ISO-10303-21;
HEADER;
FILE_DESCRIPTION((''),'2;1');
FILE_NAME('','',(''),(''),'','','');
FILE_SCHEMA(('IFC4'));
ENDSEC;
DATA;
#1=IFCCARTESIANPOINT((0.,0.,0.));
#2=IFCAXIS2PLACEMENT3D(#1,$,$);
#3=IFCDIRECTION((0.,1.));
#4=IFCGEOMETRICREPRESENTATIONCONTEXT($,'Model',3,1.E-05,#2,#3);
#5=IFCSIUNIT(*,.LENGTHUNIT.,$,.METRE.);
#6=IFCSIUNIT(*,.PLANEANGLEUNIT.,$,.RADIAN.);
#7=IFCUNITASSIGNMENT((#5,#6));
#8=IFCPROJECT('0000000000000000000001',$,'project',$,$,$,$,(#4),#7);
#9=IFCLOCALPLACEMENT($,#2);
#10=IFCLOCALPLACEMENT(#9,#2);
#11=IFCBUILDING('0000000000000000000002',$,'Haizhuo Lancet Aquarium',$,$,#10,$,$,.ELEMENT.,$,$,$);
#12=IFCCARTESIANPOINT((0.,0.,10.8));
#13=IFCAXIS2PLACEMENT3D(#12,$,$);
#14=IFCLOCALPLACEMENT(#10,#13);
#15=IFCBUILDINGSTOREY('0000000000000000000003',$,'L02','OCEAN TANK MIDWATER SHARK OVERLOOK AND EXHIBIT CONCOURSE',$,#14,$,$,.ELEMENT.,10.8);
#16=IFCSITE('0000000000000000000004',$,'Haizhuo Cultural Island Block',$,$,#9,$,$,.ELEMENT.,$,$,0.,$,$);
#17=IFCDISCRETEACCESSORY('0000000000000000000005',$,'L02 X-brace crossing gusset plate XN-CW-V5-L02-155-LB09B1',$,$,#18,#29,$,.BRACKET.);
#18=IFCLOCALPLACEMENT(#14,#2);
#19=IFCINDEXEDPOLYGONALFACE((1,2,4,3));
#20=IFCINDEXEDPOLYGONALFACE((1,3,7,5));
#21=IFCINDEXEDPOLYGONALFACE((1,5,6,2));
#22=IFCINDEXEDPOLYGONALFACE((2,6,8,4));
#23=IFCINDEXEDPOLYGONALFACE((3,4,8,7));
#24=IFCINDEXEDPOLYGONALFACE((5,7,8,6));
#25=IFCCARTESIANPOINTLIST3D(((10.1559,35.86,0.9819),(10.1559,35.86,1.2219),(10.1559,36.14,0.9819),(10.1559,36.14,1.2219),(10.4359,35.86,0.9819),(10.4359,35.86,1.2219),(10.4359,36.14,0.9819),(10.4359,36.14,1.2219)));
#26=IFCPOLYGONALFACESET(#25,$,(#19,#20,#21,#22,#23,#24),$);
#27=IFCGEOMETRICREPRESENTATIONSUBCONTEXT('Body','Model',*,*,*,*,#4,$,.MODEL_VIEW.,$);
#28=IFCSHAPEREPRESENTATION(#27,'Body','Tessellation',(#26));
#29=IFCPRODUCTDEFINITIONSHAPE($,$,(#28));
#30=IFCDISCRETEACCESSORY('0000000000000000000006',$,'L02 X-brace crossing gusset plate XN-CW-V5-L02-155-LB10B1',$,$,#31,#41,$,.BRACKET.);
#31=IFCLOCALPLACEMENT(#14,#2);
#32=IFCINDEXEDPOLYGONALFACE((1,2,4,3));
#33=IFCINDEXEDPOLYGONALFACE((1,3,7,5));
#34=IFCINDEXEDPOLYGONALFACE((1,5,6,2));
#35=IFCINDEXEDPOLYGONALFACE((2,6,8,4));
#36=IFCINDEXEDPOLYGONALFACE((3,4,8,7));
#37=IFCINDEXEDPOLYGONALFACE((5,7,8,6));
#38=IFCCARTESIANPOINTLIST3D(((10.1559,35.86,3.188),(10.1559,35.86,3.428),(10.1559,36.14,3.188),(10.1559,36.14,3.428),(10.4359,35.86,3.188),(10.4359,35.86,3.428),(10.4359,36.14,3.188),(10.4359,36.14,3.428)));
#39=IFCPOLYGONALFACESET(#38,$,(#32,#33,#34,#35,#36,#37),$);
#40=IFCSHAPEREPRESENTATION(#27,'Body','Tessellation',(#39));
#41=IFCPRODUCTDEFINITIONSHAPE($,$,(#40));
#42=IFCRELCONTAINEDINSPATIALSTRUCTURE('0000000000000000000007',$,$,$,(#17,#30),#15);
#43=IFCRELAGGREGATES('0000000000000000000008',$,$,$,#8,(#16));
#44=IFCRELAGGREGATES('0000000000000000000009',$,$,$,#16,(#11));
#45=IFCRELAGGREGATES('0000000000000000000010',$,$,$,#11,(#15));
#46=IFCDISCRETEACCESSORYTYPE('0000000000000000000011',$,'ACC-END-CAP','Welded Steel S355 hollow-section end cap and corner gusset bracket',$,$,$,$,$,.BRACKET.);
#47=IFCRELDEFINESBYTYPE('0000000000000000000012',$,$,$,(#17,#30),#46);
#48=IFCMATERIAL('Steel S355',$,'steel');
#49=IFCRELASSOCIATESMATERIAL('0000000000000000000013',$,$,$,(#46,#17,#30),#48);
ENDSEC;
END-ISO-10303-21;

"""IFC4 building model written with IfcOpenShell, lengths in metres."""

from ifc_helpers import new_model, si_unit, direction, frame, origin, origin_2d, place, context, subcontext, project, spatial, rectangle, extrude, material, type_object, element, save


model = new_model("IFC4")

# Units and contexts
model_context = context("Model", 3, precision=1e-05, world=origin(), true_north=direction((0.0, 1.0)))
body_context = subcontext(model_context, "Body", "Model", "MODEL_VIEW")
ifc_project = project(units=[si_unit("LENGTHUNIT", "METRE"), si_unit("PLANEANGLEUNIT", "RADIAN")], contexts=[model_context])

# Site, building, storey
site_placement = place(None, origin())
site = spatial("IfcSite", under=ifc_project, at=site_placement, Name="Haizhuo Cultural Island Block", CompositionType="ELEMENT", RefElevation=0.0)
building_placement = place(site_placement, origin())
building = spatial("IfcBuilding", under=site, at=building_placement, Name="Haizhuo Lancet Aquarium", CompositionType="ELEMENT")
storey_placement = place(building_placement, frame((0.0, 0.0, 10.8)))
storey = spatial("IfcBuildingStorey", under=building, at=storey_placement, Name="L02", Description="OCEAN TANK MIDWATER SHARK OVERLOOK AND EXHIBIT CONCOURSE", CompositionType="ELEMENT", Elevation=10.8)

# Shared definitions
ifc_material_1 = material(Name="Steel S355", Category="steel")

# Discrete accessories
discrete_accessory_type = type_object("IfcDiscreteAccessoryType", Name="ACC-END-CAP", Description="Welded Steel S355 hollow-section end cap and corner gusset bracket", PredefinedType="BRACKET", material=ifc_material_1)
for number, where, z_axis, x_axis, name in (
    (1, (10.2959, 36.0, 0.9819), (0.0, 0.0, 1.0), (1.0, 0.0, 0.0), "L02 X-brace crossing gusset plate XN-CW-V5-L02-155-LB09B1"),
    (2, (10.2959, 36.0, 3.188), (0.0, 0.0, 1.0), (1.0, 0.0, 0.0), "L02 X-brace crossing gusset plate XN-CW-V5-L02-155-LB10B1"),
):
    element("IfcDiscreteAccessory", number, at=place(storey_placement, frame(where, z_axis=z_axis, x_axis=x_axis)), inside=storey, type_object=discrete_accessory_type, material=ifc_material_1, Name=name, PredefinedType="BRACKET", context=body_context, shape_type="SweptSolid", body=[
        extrude(rectangle(XDim=0.28, YDim=0.28, at=origin_2d()), origin(), (0.0, 0.0, 1.0), 0.24),
    ])

save(model, "model.ifc")
